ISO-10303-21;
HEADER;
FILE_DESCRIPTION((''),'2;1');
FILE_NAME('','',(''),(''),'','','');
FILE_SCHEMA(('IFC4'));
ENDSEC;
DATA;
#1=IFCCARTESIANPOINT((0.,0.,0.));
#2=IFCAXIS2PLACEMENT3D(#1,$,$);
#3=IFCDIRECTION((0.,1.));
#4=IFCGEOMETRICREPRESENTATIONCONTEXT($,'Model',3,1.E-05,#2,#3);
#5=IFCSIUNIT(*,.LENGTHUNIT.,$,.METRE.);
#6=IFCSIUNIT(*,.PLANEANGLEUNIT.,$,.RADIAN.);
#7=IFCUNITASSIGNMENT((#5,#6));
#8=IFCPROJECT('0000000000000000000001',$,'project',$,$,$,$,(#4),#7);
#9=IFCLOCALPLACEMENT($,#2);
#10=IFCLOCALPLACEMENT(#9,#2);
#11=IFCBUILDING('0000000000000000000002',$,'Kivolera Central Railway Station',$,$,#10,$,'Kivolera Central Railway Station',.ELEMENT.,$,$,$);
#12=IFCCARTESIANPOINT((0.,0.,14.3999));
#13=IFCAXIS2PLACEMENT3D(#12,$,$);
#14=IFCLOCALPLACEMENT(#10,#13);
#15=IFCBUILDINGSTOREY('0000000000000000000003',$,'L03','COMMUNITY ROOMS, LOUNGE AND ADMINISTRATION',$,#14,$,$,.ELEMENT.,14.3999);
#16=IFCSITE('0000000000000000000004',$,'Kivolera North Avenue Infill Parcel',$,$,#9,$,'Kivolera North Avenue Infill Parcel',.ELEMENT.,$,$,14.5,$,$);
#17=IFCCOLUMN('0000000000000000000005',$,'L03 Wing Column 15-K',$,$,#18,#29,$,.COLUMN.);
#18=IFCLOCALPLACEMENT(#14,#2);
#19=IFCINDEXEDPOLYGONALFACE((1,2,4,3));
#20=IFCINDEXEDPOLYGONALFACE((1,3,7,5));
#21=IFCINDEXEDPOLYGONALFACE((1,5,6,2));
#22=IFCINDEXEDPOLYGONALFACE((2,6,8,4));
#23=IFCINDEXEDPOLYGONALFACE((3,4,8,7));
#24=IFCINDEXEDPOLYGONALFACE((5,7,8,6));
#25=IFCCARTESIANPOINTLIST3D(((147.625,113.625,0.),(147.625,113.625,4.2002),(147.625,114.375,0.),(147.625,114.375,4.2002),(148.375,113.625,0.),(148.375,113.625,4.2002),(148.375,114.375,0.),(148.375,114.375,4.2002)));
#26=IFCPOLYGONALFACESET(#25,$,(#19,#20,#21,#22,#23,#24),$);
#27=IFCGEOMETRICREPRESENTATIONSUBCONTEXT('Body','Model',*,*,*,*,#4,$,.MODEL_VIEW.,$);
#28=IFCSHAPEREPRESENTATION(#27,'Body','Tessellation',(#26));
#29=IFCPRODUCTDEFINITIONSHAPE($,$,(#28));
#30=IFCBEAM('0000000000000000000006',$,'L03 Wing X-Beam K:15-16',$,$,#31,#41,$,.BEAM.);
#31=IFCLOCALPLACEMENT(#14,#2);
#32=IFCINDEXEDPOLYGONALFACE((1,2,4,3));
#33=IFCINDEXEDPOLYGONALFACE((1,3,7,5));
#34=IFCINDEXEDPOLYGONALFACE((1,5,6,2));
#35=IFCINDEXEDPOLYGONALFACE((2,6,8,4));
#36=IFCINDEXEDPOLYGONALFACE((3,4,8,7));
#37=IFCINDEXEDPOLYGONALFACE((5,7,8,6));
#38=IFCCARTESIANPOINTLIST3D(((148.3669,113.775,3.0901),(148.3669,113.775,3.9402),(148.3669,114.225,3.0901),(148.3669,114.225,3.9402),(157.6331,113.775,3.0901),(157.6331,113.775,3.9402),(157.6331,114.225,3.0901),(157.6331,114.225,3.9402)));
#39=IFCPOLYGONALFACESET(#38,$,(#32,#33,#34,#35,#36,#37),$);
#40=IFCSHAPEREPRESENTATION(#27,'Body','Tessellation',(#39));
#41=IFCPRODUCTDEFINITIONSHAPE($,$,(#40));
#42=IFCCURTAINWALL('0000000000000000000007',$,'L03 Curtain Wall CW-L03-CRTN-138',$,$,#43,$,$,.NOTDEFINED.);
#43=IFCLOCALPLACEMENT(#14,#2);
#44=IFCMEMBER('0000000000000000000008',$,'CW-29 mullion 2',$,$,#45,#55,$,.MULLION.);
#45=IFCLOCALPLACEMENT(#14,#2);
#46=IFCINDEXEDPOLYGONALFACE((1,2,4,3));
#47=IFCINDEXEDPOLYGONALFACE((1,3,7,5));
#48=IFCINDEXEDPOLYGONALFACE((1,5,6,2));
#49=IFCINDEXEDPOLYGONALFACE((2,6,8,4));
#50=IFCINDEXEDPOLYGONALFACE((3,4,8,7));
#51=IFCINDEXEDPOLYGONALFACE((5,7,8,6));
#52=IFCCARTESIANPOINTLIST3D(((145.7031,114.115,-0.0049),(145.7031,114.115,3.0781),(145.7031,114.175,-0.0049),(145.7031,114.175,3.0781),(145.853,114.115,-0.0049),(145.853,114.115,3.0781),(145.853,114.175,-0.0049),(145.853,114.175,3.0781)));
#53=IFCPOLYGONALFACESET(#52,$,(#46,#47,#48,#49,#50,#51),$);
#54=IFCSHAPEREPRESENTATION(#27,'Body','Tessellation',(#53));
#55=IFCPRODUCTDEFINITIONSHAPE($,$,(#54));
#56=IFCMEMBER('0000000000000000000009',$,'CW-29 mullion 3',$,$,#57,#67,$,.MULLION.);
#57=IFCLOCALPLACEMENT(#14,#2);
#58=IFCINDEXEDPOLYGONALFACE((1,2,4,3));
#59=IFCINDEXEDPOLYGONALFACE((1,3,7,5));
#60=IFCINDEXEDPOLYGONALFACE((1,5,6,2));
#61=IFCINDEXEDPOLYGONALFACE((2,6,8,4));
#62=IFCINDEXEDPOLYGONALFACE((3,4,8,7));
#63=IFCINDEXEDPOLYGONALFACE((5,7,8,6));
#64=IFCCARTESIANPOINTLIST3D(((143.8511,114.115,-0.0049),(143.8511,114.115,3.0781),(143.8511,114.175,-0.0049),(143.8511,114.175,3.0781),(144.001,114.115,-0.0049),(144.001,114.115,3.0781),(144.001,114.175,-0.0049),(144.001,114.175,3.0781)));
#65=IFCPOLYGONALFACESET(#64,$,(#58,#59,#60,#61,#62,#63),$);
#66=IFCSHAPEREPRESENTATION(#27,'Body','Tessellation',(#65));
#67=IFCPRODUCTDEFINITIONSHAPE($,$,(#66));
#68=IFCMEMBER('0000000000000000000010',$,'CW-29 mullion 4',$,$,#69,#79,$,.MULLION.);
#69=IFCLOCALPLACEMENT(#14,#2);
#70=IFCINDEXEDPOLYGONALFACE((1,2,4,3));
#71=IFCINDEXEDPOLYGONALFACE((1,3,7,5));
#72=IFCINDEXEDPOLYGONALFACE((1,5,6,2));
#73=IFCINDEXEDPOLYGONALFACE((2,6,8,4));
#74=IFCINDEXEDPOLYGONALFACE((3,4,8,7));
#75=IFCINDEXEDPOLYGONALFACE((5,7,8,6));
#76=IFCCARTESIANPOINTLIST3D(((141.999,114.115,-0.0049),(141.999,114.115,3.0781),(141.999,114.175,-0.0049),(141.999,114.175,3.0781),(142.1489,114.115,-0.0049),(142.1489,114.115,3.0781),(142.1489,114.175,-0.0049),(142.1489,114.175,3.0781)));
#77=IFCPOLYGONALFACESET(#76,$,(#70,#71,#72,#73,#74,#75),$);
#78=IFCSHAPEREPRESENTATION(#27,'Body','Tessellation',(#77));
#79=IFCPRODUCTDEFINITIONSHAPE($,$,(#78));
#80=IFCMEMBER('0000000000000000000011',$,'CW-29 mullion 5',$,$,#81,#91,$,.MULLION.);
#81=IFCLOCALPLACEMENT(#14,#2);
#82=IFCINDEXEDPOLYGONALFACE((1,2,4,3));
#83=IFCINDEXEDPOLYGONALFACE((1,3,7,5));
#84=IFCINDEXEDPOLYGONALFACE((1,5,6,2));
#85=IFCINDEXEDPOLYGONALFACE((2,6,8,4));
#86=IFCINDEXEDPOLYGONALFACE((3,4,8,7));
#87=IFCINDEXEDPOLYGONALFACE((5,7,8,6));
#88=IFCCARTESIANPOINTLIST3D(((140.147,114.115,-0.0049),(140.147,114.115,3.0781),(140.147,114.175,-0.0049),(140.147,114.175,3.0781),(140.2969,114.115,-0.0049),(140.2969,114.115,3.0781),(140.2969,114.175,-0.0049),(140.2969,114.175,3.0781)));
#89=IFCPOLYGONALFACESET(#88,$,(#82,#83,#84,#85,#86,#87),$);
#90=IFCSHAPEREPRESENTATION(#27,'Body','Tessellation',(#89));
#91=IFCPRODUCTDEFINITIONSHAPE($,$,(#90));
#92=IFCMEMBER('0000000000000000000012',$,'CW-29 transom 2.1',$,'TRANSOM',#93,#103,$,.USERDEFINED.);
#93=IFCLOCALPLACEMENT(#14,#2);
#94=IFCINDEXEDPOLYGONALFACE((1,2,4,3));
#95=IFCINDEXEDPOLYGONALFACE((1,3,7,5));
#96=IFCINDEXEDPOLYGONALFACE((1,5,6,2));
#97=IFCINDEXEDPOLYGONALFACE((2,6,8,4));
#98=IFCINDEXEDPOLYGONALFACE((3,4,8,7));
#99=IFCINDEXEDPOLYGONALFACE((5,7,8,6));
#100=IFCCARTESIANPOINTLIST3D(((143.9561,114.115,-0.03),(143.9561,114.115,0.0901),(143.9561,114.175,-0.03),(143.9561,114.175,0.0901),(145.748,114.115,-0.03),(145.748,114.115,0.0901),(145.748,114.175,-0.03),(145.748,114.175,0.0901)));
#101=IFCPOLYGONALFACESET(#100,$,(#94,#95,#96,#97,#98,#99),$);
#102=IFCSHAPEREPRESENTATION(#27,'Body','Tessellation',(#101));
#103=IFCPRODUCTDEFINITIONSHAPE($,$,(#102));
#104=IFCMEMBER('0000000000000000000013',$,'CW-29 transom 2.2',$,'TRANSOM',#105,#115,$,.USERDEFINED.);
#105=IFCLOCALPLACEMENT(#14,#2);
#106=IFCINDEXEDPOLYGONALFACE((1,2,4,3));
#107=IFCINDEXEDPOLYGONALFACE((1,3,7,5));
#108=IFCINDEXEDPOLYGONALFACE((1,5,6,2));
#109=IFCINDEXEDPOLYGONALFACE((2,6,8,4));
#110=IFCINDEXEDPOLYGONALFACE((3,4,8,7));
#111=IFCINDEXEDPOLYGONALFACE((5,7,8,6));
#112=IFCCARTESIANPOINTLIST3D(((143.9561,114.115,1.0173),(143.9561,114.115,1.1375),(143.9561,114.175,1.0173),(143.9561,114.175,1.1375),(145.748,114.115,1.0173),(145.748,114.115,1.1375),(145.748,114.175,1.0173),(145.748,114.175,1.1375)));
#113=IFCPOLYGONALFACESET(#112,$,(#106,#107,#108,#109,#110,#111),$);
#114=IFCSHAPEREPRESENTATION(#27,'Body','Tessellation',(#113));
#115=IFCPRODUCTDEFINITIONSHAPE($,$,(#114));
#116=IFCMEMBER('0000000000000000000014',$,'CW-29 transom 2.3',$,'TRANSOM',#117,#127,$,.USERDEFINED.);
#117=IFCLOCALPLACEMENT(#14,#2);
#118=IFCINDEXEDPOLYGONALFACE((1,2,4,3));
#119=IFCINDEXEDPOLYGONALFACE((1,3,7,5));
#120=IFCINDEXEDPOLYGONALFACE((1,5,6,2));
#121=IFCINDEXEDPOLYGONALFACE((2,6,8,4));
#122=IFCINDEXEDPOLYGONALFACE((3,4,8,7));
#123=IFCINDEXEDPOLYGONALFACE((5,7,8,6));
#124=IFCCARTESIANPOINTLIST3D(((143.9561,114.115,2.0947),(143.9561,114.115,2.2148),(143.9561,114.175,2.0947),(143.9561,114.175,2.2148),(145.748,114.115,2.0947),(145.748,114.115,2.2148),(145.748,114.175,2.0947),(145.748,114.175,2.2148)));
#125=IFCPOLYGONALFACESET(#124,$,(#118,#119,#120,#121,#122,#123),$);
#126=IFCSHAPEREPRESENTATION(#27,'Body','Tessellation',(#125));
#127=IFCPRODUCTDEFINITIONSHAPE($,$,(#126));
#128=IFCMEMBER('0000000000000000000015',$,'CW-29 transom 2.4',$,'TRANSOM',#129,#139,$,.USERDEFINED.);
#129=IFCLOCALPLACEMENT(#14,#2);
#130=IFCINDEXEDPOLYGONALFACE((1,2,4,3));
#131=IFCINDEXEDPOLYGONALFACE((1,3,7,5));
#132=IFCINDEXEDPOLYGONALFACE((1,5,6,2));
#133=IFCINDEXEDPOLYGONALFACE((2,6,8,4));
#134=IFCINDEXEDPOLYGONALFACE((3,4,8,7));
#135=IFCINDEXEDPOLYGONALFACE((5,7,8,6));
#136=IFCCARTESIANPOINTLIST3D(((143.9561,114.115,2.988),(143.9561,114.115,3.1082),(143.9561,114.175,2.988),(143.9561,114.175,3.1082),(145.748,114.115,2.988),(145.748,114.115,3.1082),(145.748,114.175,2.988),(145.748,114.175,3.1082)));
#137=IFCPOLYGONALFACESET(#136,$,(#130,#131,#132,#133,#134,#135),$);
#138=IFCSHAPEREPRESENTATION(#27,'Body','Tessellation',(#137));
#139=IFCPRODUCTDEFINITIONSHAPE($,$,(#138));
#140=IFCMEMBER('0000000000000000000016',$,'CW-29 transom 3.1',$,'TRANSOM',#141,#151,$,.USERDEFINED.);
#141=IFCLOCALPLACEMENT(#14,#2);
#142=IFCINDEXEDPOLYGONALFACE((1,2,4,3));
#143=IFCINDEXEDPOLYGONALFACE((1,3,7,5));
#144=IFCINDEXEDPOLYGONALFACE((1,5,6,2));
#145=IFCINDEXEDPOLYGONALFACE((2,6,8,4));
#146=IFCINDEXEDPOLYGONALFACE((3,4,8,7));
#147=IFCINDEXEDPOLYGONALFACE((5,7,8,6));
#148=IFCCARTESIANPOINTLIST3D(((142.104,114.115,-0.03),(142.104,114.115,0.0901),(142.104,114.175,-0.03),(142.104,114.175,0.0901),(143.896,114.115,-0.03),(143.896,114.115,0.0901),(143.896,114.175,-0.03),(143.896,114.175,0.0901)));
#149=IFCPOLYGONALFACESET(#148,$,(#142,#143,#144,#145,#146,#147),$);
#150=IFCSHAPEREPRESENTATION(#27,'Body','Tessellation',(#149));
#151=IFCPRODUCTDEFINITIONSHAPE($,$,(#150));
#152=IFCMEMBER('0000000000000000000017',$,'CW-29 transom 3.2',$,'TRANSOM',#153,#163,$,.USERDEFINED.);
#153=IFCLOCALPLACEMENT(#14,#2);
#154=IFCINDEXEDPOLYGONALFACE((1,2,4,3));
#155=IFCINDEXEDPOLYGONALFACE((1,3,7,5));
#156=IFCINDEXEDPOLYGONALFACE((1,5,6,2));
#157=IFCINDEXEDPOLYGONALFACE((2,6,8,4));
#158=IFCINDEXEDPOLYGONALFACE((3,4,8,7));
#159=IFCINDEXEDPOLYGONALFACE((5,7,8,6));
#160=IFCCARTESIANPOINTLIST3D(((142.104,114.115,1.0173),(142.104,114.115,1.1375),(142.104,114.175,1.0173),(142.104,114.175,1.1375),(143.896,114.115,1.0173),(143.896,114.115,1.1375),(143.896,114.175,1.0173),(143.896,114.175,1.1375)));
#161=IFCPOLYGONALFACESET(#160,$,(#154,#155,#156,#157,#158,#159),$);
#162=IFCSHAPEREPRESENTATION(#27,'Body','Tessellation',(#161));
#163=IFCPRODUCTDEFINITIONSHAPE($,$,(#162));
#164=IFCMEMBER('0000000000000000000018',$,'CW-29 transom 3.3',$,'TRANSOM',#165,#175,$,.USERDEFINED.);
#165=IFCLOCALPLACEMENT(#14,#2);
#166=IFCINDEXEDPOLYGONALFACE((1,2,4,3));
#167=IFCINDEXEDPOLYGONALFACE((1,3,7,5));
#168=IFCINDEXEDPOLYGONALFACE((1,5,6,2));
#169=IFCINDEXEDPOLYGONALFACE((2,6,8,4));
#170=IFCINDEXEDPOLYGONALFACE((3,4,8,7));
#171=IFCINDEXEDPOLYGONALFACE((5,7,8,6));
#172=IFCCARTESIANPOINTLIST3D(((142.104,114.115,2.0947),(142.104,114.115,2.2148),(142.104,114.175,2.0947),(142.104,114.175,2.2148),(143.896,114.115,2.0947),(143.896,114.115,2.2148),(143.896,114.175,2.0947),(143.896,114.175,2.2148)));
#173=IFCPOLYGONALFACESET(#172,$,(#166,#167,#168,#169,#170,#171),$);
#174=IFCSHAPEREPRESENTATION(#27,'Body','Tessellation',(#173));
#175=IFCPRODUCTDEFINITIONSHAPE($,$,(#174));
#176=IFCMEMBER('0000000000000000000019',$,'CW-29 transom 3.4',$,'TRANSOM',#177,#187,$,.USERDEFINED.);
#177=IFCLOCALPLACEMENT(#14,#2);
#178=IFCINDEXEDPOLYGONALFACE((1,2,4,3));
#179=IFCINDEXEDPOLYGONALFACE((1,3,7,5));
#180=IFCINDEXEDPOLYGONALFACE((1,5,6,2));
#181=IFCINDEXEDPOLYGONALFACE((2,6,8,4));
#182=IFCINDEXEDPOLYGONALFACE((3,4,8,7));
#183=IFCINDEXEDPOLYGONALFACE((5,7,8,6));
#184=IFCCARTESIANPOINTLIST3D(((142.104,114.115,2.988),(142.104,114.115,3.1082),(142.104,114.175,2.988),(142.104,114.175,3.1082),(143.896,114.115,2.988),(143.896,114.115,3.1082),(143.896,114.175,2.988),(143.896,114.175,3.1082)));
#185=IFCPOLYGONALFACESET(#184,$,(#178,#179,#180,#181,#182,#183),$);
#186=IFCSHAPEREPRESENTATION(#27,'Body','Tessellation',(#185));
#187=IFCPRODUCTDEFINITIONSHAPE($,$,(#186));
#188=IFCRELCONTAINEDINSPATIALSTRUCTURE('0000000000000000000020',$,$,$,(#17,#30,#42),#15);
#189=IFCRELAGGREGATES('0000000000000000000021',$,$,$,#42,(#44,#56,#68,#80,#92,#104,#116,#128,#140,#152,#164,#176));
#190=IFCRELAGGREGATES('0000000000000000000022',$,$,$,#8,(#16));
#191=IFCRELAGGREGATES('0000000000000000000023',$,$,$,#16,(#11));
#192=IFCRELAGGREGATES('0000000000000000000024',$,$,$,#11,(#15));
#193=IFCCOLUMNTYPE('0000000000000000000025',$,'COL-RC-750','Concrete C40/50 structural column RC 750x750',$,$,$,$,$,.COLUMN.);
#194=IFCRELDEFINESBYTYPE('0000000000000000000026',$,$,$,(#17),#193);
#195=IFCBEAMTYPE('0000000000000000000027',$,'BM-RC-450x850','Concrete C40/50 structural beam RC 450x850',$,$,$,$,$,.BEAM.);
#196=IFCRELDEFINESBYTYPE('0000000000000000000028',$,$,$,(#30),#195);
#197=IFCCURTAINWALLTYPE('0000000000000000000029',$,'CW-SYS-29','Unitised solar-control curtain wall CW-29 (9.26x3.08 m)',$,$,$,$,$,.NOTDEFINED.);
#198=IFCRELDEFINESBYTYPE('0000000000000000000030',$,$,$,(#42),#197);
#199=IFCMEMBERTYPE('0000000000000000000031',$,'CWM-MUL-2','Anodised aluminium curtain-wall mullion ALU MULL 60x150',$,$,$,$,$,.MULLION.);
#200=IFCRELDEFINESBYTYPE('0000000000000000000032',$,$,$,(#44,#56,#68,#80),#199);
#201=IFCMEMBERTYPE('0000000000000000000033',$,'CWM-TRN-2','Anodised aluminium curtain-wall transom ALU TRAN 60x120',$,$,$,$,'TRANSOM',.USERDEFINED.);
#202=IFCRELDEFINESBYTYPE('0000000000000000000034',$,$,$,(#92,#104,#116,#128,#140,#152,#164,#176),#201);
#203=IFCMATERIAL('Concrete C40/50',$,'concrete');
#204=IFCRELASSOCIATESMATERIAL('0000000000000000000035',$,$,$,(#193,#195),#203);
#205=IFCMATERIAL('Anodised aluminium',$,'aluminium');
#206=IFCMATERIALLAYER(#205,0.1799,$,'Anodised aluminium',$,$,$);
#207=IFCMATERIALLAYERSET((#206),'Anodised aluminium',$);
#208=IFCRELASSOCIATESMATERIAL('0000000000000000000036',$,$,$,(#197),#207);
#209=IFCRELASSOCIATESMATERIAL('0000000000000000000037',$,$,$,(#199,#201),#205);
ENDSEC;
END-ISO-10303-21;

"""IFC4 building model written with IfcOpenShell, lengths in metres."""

from ifc_helpers import new_model, si_unit, direction, frame, origin, origin_2d, place, context, subcontext, project, spatial, rectangle, extrude, material, layer, layer_set, material_profile, profile_set, type_object, element, aggregate, save


model = new_model("IFC4")

# Units and contexts
model_context = context("Model", 3, precision=1e-05, world=origin(), true_north=direction((0.0, 1.0)))
body_context = subcontext(model_context, "Body", "Model", "MODEL_VIEW")
ifc_project = project(units=[si_unit("LENGTHUNIT", "METRE"), si_unit("PLANEANGLEUNIT", "RADIAN")], contexts=[model_context])

# Site, building, storey
site_placement = place(None, origin())
site = spatial("IfcSite", under=ifc_project, at=site_placement, Name="Kivolera North Avenue Infill Parcel", LongName="Kivolera North Avenue Infill Parcel", CompositionType="ELEMENT", RefElevation=14.5)
building_placement = place(site_placement, origin())
building = spatial("IfcBuilding", under=site, at=building_placement, Name="Kivolera Central Railway Station", LongName="Kivolera Central Railway Station", CompositionType="ELEMENT")
storey_placement = place(building_placement, frame((0.0, 0.0, 14.3999)))
storey = spatial("IfcBuildingStorey", under=building, at=storey_placement, Name="L03", Description="COMMUNITY ROOMS, LOUNGE AND ADMINISTRATION", CompositionType="ELEMENT", Elevation=14.3999)

# Column
ifc_material_1 = material(Name="Concrete C40/50", Category="concrete")
ifc_material_profile_1 = material_profile(ifc_material_1, rectangle(XDim=0.75, YDim=0.75, at=origin_2d()), Name="RC 750x750")
ifc_profile_set_1 = profile_set([ifc_material_profile_1], Name="Concrete C40/50")
column_type = type_object("IfcColumnType", Name="COL-RC-750", Description="Concrete C40/50 structural column RC 750x750", PredefinedType="COLUMN", material=ifc_profile_set_1)
column_placement = place(storey_placement, frame((148.0, 114.0, 0.0), z_axis=(0.0, 0.0, 1.0), x_axis=(1.0, 0.0, 0.0)))
element("IfcColumn", 1, at=column_placement, inside=storey, type_object=column_type, Name="L03 Wing Column 15-K", PredefinedType="COLUMN", context=body_context, shape_type="SweptSolid", body=[
    extrude(rectangle(XDim=0.75, YDim=0.75, at=origin_2d()), origin(), (0.0, 0.0, 1.0), 4.2002),
])

# Beam
ifc_material_profile_2 = material_profile(ifc_material_1, rectangle(XDim=0.45, YDim=0.8501, at=origin_2d()), Name="RC 450x850")
ifc_profile_set_2 = profile_set([ifc_material_profile_2], Name="Concrete C40/50")
beam_type = type_object("IfcBeamType", Name="BM-RC-450x850", Description="Concrete C40/50 structural beam RC 450x850", PredefinedType="BEAM", material=ifc_profile_set_2)
beam_placement = place(storey_placement, frame((148.3669, 114.0, 3.5151), z_axis=(1.0, 0.0, 0.0), x_axis=(0.0, 1.0, 0.0)))
element("IfcBeam", 2, at=beam_placement, inside=storey, type_object=beam_type, Name="L03 Wing X-Beam K:15-16", PredefinedType="BEAM", context=body_context, shape_type="SweptSolid", body=[
    extrude(rectangle(XDim=0.45, YDim=0.8501, at=origin_2d()), origin(), (0.0, 0.0, 1.0), 9.2661),
])

# Curtain wall, members
ifc_material_2 = material(Name="Anodised aluminium", Category="aluminium")
ifc_layer_1 = layer(ifc_material_2, 0.1799, Name="Anodised aluminium")
ifc_layer_set_1 = layer_set([ifc_layer_1], Name="Anodised aluminium")
curtain_wall_type = type_object("IfcCurtainWallType", Name="CW-SYS-29", Description="Unitised solar-control curtain wall CW-29 (9.26x3.08 m)", PredefinedType="NOTDEFINED", material=ifc_layer_set_1)
curtain_wall_placement = place(storey_placement, origin())
curtain_wall = element("IfcCurtainWall", 3, at=curtain_wall_placement, inside=storey, type_object=curtain_wall_type, Name="L03 Curtain Wall CW-L03-CRTN-138", PredefinedType="NOTDEFINED")
ifc_material_profile_3 = material_profile(ifc_material_2, rectangle(XDim=0.0601, YDim=0.1499, at=origin_2d()), Name="ALU MULL 60x150")
ifc_profile_set_3 = profile_set([ifc_material_profile_3], Name="Anodised aluminium")
member_type_1 = type_object("IfcMemberType", Name="CWM-MUL-2", Description="Anodised aluminium curtain-wall mullion ALU MULL 60x150", PredefinedType="MULLION", material=ifc_profile_set_3)
member_1_placement = place(storey_placement, frame((145.7781, 114.145, -0.0049), z_axis=(0.0, 0.0, 1.0), x_axis=(0.0, -1.0, 0.0)))
member_1 = element("IfcMember", 4, at=member_1_placement, type_object=member_type_1, Name="CW-29 mullion 2", PredefinedType="MULLION", context=body_context, shape_type="SweptSolid", body=[
    extrude(rectangle(XDim=0.0601, YDim=0.1499, at=origin_2d()), origin(), (0.0, 0.0, 1.0), 3.083),
])
member_2_placement = place(storey_placement, frame((143.926, 114.145, -0.0049), z_axis=(0.0, 0.0, 1.0), x_axis=(0.0, -1.0, 0.0)))
member_2 = element("IfcMember", 5, at=member_2_placement, type_object=member_type_1, Name="CW-29 mullion 3", PredefinedType="MULLION", context=body_context, shape_type="SweptSolid", body=[
    extrude(rectangle(XDim=0.0601, YDim=0.1499, at=origin_2d()), origin(), (0.0, 0.0, 1.0), 3.083),
])
member_3_placement = place(storey_placement, frame((142.074, 114.145, -0.0049), z_axis=(0.0, 0.0, 1.0), x_axis=(0.0, -1.0, 0.0)))
member_3 = element("IfcMember", 6, at=member_3_placement, type_object=member_type_1, Name="CW-29 mullion 4", PredefinedType="MULLION", context=body_context, shape_type="SweptSolid", body=[
    extrude(rectangle(XDim=0.0601, YDim=0.1499, at=origin_2d()), origin(), (0.0, 0.0, 1.0), 3.083),
])
member_4_placement = place(storey_placement, frame((140.2219, 114.145, -0.0049), z_axis=(0.0, 0.0, 1.0), x_axis=(0.0, -1.0, 0.0)))
member_4 = element("IfcMember", 7, at=member_4_placement, type_object=member_type_1, Name="CW-29 mullion 5", PredefinedType="MULLION", context=body_context, shape_type="SweptSolid", body=[
    extrude(rectangle(XDim=0.0601, YDim=0.1499, at=origin_2d()), origin(), (0.0, 0.0, 1.0), 3.083),
])
ifc_material_profile_4 = material_profile(ifc_material_2, rectangle(XDim=0.0601, YDim=0.1201, at=origin_2d()), Name="ALU TRAN 60x120")
ifc_profile_set_4 = profile_set([ifc_material_profile_4], Name="Anodised aluminium")
member_type_2 = type_object("IfcMemberType", Name="CWM-TRN-2", Description="Anodised aluminium curtain-wall transom ALU TRAN 60x120", ElementType="TRANSOM", PredefinedType="USERDEFINED", material=ifc_profile_set_4)
member_5_placement = place(storey_placement, frame((145.748, 114.145, 0.03), z_axis=(-1.0, 0.0, 0.0), x_axis=(0.0, -1.0, 0.0)))
member_5 = element("IfcMember", 8, at=member_5_placement, type_object=member_type_2, Name="CW-29 transom 2.1", ObjectType="TRANSOM", PredefinedType="USERDEFINED", context=body_context, shape_type="SweptSolid", body=[
    extrude(rectangle(XDim=0.0601, YDim=0.1201, at=origin_2d()), origin(), (0.0, 0.0, 1.0), 1.792),
])
member_6_placement = place(storey_placement, frame((145.748, 114.145, 1.0774), z_axis=(-1.0, 0.0, 0.0), x_axis=(0.0, -1.0, 0.0)))
member_6 = element("IfcMember", 9, at=member_6_placement, type_object=member_type_2, Name="CW-29 transom 2.2", ObjectType="TRANSOM", PredefinedType="USERDEFINED", context=body_context, shape_type="SweptSolid", body=[
    extrude(rectangle(XDim=0.0601, YDim=0.1201, at=origin_2d()), origin(), (0.0, 0.0, 1.0), 1.792),
])
member_7_placement = place(storey_placement, frame((145.748, 114.145, 2.1548), z_axis=(-1.0, 0.0, 0.0), x_axis=(0.0, -1.0, 0.0)))
member_7 = element("IfcMember", 10, at=member_7_placement, type_object=member_type_2, Name="CW-29 transom 2.3", ObjectType="TRANSOM", PredefinedType="USERDEFINED", context=body_context, shape_type="SweptSolid", body=[
    extrude(rectangle(XDim=0.0601, YDim=0.1201, at=origin_2d()), origin(), (0.0, 0.0, 1.0), 1.792),
])
member_8_placement = place(storey_placement, frame((145.748, 114.145, 3.0481), z_axis=(-1.0, 0.0, 0.0), x_axis=(0.0, -1.0, 0.0)))
member_8 = element("IfcMember", 11, at=member_8_placement, type_object=member_type_2, Name="CW-29 transom 2.4", ObjectType="TRANSOM", PredefinedType="USERDEFINED", context=body_context, shape_type="SweptSolid", body=[
    extrude(rectangle(XDim=0.0601, YDim=0.1201, at=origin_2d()), origin(), (0.0, 0.0, 1.0), 1.792),
])
member_9_placement = place(storey_placement, frame((143.896, 114.145, 0.03), z_axis=(-1.0, 0.0, 0.0), x_axis=(0.0, -1.0, 0.0)))
member_9 = element("IfcMember", 12, at=member_9_placement, type_object=member_type_2, Name="CW-29 transom 3.1", ObjectType="TRANSOM", PredefinedType="USERDEFINED", context=body_context, shape_type="SweptSolid", body=[
    extrude(rectangle(XDim=0.0601, YDim=0.1201, at=origin_2d()), origin(), (0.0, 0.0, 1.0), 1.792),
])
member_10_placement = place(storey_placement, frame((143.896, 114.145, 1.0774), z_axis=(-1.0, 0.0, 0.0), x_axis=(0.0, -1.0, 0.0)))
member_10 = element("IfcMember", 13, at=member_10_placement, type_object=member_type_2, Name="CW-29 transom 3.2", ObjectType="TRANSOM", PredefinedType="USERDEFINED", context=body_context, shape_type="SweptSolid", body=[
    extrude(rectangle(XDim=0.0601, YDim=0.1201, at=origin_2d()), origin(), (0.0, 0.0, 1.0), 1.792),
])
member_11_placement = place(storey_placement, frame((143.896, 114.145, 2.1548), z_axis=(-1.0, 0.0, 0.0), x_axis=(0.0, -1.0, 0.0)))
member_11 = element("IfcMember", 14, at=member_11_placement, type_object=member_type_2, Name="CW-29 transom 3.3", ObjectType="TRANSOM", PredefinedType="USERDEFINED", context=body_context, shape_type="SweptSolid", body=[
    extrude(rectangle(XDim=0.0601, YDim=0.1201, at=origin_2d()), origin(), (0.0, 0.0, 1.0), 1.792),
])
member_12_placement = place(storey_placement, frame((143.896, 114.145, 3.0481), z_axis=(-1.0, 0.0, 0.0), x_axis=(0.0, -1.0, 0.0)))
member_12 = element("IfcMember", 15, at=member_12_placement, type_object=member_type_2, Name="CW-29 transom 3.4", ObjectType="TRANSOM", PredefinedType="USERDEFINED", context=body_context, shape_type="SweptSolid", body=[
    extrude(rectangle(XDim=0.0601, YDim=0.1201, at=origin_2d()), origin(), (0.0, 0.0, 1.0), 1.792),
])
aggregate(curtain_wall, [member_1, member_2, member_3, member_4, member_5, member_6, member_7, member_8, member_9, member_10, member_11, member_12])

save(model, "model.ifc")
